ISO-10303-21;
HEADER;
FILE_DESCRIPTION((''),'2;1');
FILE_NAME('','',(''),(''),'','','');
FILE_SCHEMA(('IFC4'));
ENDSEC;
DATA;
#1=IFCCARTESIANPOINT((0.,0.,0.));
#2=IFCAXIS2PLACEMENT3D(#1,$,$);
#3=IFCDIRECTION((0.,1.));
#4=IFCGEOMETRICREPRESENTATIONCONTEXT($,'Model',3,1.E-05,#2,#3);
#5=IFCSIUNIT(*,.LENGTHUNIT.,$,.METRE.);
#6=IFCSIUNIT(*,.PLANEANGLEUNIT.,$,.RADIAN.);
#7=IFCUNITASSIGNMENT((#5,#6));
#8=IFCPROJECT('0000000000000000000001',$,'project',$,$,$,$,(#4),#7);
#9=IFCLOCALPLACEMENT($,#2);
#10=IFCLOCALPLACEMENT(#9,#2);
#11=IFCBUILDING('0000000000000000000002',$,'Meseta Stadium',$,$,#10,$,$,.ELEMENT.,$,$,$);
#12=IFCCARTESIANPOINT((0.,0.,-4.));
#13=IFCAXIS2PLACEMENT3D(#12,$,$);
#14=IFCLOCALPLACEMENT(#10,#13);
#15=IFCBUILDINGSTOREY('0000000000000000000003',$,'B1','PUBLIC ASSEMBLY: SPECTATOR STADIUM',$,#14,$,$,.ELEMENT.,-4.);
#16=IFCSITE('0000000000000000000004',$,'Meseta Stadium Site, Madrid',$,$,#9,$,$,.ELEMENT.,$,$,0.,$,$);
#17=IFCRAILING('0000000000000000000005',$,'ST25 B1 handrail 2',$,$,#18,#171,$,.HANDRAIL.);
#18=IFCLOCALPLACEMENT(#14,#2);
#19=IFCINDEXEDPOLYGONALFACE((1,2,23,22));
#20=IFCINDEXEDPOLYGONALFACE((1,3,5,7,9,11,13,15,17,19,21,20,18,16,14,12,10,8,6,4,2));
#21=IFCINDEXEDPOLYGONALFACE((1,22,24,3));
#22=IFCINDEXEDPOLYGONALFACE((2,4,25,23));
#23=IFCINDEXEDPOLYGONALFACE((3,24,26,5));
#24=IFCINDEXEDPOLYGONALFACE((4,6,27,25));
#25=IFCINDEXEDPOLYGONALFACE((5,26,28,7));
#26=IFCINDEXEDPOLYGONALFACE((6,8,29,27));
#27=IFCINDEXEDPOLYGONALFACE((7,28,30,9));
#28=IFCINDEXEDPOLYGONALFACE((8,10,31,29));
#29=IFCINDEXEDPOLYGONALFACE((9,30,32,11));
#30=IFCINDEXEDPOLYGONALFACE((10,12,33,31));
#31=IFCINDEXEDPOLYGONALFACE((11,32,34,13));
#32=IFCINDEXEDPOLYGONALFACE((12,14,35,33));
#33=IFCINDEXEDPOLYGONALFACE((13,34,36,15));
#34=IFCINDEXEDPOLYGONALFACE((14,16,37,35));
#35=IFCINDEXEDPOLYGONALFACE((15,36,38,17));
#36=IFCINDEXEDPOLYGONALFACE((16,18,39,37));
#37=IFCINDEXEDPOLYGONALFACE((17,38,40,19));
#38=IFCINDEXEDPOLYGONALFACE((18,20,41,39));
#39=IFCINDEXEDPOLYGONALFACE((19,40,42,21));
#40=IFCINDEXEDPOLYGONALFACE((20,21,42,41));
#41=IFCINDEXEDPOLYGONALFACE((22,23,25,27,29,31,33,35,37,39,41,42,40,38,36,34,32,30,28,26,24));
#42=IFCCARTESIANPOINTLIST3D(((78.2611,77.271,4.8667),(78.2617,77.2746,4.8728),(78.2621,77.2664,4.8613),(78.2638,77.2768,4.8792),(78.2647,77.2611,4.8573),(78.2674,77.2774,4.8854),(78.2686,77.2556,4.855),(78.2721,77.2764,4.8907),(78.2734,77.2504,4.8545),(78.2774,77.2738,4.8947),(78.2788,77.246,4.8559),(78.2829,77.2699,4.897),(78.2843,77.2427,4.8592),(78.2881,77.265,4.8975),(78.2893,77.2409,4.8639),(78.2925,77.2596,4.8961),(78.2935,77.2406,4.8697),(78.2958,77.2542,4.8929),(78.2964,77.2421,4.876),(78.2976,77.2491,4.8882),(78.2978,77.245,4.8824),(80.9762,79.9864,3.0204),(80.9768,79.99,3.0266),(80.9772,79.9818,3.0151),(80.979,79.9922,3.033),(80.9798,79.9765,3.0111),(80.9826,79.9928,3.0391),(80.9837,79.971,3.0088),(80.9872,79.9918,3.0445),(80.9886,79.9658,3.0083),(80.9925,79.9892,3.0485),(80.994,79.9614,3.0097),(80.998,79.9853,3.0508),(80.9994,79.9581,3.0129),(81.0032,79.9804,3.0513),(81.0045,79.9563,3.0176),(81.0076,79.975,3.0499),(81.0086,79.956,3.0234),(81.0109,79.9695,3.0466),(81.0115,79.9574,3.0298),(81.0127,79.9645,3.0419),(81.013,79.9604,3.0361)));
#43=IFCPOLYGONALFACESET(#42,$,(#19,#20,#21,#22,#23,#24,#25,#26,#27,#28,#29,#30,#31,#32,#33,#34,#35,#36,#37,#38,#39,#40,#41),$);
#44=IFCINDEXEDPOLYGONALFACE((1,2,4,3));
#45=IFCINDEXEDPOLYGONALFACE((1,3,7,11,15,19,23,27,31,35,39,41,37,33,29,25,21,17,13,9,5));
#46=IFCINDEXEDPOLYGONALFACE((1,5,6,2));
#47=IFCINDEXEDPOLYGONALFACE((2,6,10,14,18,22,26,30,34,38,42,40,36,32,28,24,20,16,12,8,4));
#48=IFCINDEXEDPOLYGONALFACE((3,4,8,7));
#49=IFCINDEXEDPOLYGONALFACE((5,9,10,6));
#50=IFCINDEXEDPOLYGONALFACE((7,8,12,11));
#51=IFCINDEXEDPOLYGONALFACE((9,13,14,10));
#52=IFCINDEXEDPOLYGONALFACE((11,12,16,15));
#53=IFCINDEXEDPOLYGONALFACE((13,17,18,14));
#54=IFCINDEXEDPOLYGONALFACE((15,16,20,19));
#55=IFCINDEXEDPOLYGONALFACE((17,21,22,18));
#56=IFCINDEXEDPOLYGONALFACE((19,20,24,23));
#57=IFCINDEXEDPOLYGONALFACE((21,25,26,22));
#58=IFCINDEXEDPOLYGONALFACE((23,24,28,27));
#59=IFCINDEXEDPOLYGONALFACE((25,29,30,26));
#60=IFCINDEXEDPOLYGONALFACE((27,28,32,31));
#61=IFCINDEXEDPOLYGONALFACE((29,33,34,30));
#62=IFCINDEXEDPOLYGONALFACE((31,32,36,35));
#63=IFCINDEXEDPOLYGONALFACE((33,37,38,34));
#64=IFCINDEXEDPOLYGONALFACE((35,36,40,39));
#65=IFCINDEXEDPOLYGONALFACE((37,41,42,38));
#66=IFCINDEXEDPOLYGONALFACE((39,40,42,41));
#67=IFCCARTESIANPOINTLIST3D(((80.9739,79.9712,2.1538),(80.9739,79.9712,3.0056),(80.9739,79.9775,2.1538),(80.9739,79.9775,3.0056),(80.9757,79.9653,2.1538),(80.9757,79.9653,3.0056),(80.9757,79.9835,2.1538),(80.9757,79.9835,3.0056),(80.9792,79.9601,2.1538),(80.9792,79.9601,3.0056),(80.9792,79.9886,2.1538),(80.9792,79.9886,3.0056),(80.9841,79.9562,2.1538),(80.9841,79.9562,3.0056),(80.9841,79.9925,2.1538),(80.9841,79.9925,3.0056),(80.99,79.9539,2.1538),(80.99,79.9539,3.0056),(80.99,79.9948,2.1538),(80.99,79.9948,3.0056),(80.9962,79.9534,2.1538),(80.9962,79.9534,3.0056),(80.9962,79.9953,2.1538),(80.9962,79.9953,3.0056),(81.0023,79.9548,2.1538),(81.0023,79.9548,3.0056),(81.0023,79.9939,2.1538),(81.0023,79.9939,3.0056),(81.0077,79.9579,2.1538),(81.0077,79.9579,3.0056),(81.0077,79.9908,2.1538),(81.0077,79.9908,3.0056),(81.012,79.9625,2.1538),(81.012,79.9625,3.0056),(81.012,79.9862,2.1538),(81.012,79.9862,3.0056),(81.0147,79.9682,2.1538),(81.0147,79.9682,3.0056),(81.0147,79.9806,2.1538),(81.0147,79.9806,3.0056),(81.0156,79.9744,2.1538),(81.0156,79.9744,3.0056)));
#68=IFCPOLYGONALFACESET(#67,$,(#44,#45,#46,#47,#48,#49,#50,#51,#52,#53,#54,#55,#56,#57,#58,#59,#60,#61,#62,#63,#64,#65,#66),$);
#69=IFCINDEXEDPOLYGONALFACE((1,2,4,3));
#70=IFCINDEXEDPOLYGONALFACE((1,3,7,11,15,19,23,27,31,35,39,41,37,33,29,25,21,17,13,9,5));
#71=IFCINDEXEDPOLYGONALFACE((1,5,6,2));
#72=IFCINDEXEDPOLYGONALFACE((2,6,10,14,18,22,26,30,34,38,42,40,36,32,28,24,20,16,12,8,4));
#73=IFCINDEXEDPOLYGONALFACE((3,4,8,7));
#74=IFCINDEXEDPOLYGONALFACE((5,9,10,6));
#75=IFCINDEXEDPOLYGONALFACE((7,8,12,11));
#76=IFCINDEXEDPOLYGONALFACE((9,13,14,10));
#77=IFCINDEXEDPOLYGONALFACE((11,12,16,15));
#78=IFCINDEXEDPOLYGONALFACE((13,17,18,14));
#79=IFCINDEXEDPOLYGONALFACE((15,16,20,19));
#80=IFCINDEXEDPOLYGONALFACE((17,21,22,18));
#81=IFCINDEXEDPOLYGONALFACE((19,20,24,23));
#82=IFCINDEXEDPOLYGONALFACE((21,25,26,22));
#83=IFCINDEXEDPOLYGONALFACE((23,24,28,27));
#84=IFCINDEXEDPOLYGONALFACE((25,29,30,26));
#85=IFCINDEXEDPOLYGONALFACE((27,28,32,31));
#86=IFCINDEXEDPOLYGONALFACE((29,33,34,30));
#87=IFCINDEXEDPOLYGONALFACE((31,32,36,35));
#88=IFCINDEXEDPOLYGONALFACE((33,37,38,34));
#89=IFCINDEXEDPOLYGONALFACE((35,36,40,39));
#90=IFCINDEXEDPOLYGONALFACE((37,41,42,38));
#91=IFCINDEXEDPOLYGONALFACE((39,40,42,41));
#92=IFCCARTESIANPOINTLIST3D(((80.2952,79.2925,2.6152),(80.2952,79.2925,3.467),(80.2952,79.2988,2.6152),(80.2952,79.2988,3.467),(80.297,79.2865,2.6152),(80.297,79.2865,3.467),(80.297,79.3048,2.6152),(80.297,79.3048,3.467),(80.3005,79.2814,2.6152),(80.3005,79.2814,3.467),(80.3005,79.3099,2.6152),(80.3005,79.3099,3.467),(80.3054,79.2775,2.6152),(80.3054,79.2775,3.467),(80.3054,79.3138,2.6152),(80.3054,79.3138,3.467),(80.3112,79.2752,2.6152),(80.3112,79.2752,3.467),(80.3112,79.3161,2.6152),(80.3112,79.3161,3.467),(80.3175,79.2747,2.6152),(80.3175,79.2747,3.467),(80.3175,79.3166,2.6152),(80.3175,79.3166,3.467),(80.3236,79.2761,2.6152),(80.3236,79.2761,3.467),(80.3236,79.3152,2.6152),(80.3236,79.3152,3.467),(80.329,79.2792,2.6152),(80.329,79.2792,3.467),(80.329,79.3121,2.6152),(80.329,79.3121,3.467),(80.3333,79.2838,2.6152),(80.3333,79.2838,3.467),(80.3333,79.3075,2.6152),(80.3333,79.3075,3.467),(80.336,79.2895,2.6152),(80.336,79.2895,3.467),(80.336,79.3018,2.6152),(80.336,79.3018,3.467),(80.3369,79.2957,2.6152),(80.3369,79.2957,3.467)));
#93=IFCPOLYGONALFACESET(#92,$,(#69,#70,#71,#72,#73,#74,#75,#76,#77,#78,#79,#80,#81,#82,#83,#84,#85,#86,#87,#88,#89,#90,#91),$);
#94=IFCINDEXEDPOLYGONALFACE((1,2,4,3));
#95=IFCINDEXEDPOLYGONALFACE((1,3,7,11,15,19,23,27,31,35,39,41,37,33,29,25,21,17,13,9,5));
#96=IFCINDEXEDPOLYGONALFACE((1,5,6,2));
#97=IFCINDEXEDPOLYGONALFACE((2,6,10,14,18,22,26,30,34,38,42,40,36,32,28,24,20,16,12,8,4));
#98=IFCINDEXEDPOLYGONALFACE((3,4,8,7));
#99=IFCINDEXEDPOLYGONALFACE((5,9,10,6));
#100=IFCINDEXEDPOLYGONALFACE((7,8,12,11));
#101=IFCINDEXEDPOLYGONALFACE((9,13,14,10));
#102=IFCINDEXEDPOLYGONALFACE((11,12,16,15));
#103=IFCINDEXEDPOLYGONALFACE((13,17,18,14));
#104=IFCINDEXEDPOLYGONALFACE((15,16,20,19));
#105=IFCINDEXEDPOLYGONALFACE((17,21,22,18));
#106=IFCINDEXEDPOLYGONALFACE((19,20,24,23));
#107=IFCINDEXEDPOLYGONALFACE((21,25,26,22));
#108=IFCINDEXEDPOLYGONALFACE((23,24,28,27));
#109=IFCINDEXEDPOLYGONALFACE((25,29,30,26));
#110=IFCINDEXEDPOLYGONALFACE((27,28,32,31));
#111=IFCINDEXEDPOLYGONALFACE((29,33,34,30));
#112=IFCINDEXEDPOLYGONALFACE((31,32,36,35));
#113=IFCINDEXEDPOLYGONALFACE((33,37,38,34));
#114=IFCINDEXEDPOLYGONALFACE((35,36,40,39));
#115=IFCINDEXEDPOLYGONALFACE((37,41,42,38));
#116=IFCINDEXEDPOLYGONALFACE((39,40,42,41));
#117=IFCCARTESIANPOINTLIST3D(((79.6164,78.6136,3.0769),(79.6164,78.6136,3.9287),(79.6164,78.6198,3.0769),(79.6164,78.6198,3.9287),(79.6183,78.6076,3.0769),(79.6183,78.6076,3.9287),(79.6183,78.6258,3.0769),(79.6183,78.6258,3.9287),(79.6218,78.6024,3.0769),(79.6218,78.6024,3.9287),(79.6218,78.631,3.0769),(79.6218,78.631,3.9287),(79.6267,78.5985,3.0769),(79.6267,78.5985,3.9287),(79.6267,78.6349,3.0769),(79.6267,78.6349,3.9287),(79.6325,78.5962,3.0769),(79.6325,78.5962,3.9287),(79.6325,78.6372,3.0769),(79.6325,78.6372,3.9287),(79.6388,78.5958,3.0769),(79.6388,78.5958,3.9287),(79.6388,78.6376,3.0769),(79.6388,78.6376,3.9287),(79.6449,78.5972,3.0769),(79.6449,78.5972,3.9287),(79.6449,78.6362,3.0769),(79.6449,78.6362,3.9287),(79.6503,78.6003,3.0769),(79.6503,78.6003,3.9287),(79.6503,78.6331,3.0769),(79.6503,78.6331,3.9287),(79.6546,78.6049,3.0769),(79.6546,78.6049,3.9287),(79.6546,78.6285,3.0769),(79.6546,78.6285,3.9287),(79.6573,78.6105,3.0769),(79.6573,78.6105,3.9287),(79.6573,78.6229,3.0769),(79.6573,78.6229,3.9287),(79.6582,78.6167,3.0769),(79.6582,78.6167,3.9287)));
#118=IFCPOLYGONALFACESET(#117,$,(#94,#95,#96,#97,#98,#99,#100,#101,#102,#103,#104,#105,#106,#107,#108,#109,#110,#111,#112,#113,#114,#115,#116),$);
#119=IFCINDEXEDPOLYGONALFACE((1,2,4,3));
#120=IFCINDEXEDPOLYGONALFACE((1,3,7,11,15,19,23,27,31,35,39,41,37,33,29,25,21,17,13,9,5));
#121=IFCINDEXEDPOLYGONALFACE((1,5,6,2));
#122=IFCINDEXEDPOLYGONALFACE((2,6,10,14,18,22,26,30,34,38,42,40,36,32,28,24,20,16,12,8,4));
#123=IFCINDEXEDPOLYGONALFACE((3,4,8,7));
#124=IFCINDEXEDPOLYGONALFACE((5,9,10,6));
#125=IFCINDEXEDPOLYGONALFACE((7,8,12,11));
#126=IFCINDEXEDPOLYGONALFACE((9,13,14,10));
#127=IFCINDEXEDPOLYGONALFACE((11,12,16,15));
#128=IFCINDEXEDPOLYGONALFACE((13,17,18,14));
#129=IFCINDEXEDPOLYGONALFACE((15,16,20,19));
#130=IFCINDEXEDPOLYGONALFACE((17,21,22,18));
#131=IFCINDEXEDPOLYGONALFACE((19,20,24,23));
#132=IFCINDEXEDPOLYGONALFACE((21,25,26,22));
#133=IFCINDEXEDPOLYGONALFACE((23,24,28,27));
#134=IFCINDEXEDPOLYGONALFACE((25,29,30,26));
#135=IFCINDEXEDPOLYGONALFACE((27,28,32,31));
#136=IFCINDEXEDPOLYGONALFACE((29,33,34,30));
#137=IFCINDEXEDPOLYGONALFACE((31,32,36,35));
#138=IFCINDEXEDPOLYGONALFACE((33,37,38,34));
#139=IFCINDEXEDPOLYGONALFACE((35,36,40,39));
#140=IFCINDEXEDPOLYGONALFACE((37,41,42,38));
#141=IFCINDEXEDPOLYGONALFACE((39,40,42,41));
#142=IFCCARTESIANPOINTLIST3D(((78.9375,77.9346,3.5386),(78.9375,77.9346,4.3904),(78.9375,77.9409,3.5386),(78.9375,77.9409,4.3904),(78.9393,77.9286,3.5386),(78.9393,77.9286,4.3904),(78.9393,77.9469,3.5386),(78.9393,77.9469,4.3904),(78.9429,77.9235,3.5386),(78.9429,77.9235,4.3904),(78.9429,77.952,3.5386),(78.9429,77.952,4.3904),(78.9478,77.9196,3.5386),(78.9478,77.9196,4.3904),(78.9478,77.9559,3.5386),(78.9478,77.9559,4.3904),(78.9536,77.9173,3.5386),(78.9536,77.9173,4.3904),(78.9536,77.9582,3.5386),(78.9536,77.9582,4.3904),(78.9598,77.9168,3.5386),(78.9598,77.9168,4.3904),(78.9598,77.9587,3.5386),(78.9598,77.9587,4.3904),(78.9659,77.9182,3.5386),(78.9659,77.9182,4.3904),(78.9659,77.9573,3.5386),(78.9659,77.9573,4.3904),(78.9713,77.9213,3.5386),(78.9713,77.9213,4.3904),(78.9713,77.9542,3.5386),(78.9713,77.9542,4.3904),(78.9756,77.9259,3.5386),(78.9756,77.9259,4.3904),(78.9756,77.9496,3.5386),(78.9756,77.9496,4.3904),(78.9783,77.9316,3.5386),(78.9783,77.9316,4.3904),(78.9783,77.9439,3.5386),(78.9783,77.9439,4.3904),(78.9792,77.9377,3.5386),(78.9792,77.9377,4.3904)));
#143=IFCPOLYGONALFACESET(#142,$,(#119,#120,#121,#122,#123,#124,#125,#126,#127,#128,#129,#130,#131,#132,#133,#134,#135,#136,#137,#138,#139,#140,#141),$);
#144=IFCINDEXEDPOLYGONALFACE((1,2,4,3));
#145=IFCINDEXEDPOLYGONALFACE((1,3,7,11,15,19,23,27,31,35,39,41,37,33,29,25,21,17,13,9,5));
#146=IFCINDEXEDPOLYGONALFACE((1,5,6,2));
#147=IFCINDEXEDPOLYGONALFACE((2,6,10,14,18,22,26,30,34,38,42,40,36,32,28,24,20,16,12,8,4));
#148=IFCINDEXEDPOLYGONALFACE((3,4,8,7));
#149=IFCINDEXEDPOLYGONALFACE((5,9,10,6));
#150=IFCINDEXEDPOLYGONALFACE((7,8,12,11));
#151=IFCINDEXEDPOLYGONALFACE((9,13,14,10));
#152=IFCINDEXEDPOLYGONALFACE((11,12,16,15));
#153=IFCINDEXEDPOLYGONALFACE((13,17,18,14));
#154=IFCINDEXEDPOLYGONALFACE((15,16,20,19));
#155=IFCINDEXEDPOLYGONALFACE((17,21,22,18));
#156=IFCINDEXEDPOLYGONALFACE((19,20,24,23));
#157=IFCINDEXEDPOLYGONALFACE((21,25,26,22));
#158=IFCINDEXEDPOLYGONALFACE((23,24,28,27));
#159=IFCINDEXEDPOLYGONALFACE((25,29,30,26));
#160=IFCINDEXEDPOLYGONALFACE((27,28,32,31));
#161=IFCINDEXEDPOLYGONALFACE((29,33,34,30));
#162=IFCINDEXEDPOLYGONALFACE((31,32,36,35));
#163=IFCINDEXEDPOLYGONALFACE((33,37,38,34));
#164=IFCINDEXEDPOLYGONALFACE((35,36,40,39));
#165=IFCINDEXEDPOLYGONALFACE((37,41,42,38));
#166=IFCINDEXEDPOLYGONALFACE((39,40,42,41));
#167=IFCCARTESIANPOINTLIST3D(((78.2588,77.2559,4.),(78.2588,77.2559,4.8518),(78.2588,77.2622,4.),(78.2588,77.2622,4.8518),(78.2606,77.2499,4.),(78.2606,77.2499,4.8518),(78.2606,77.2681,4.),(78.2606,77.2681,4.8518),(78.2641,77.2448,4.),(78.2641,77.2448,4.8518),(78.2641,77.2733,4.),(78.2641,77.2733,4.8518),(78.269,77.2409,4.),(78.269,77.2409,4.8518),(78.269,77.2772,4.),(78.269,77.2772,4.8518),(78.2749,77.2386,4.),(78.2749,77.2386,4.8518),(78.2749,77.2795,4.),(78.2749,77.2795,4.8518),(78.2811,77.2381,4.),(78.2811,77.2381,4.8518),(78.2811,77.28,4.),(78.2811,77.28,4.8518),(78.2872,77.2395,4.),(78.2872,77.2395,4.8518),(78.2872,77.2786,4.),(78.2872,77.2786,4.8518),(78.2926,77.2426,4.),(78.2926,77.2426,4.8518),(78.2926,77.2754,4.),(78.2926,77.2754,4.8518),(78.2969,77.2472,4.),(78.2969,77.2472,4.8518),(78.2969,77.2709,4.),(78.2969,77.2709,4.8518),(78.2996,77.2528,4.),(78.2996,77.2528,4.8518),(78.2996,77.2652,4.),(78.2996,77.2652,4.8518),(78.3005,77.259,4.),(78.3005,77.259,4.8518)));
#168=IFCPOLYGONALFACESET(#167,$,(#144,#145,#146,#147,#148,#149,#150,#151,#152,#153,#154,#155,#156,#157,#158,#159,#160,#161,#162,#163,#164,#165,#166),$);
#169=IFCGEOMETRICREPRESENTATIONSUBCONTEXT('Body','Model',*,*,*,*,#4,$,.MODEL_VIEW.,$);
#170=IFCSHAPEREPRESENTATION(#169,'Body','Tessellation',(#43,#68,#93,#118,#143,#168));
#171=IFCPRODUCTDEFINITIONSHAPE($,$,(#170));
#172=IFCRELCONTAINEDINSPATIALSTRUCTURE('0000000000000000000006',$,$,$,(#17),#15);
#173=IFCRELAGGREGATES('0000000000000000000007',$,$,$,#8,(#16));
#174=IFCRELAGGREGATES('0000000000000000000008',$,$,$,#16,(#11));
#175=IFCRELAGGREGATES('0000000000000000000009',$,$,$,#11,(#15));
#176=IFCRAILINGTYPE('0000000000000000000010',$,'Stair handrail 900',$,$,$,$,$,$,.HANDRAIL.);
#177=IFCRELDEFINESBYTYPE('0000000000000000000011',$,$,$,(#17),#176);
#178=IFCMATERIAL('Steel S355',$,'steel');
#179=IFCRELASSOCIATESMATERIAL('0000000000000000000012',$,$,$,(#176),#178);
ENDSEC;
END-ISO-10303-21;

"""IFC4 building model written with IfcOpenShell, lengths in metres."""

from ifc_helpers import new_model, si_unit, direction, frame, origin, origin_2d, place, context, subcontext, project, spatial, circle, extrude, material, type_object, element, save


model = new_model("IFC4")

# Units and contexts
model_context = context("Model", 3, precision=1e-05, world=origin(), true_north=direction((0.0, 1.0)))
body_context = subcontext(model_context, "Body", "Model", "MODEL_VIEW")
ifc_project = project(units=[si_unit("LENGTHUNIT", "METRE"), si_unit("PLANEANGLEUNIT", "RADIAN")], contexts=[model_context])

# Site, building, storey
site_placement = place(None, origin())
site = spatial("IfcSite", under=ifc_project, at=site_placement, Name="Meseta Stadium Site, Madrid", CompositionType="ELEMENT", RefElevation=0.0)
building_placement = place(site_placement, origin())
building = spatial("IfcBuilding", under=site, at=building_placement, Name="Meseta Stadium", CompositionType="ELEMENT")
storey_placement = place(building_placement, frame((0.0, 0.0, -4.0)))
storey = spatial("IfcBuildingStorey", under=building, at=storey_placement, Name="B1", Description="PUBLIC ASSEMBLY: SPECTATOR STADIUM", CompositionType="ELEMENT", Elevation=-4.0)

# Railing
ifc_material_1 = material(Name="Steel S355", Category="steel")
railing_type_1 = type_object("IfcRailingType", Name="Stair handrail 900", PredefinedType="HANDRAIL", material=ifc_material_1)
railing_1_placement = place(storey_placement, frame((80.9946, 79.9744, 2.1538)))
element("IfcRailing", 1, at=railing_1_placement, inside=storey, type_object=railing_type_1, Name="ST25 B1 handrail 2", PredefinedType="HANDRAIL", context=body_context, shape_type="SweptSolid", body=[
    extrude(circle(Radius=0.0239, at=origin_2d()), frame((0.0, 0.0, 0.876), z_axis=(-0.637247, -0.637304, 0.433312), x_axis=(0.707139, -0.707075, 0.0)), (0.0, 0.0, 1.0), 4.2607),
    extrude(circle(Radius=0.021, at=origin_2d()), origin(), (0.0, 0.0, 1.0), 0.8518),
    extrude(circle(Radius=0.021, at=origin_2d()), frame((-0.6787, -0.6787, 0.4614)), (0.0, 0.0, 1.0), 0.8518),
    extrude(circle(Radius=0.021, at=origin_2d()), frame((-1.3574, -1.3577, 0.9231)), (0.0, 0.0, 1.0), 0.8518),
    extrude(circle(Radius=0.021, at=origin_2d()), frame((-2.0364, -2.0366, 1.3848)), (0.0, 0.0, 1.0), 0.8518),
    extrude(circle(Radius=0.021, at=origin_2d()), frame((-2.7151, -2.7153, 1.8462)), (0.0, 0.0, 1.0), 0.8518),
])

save(model, "model.ifc")
